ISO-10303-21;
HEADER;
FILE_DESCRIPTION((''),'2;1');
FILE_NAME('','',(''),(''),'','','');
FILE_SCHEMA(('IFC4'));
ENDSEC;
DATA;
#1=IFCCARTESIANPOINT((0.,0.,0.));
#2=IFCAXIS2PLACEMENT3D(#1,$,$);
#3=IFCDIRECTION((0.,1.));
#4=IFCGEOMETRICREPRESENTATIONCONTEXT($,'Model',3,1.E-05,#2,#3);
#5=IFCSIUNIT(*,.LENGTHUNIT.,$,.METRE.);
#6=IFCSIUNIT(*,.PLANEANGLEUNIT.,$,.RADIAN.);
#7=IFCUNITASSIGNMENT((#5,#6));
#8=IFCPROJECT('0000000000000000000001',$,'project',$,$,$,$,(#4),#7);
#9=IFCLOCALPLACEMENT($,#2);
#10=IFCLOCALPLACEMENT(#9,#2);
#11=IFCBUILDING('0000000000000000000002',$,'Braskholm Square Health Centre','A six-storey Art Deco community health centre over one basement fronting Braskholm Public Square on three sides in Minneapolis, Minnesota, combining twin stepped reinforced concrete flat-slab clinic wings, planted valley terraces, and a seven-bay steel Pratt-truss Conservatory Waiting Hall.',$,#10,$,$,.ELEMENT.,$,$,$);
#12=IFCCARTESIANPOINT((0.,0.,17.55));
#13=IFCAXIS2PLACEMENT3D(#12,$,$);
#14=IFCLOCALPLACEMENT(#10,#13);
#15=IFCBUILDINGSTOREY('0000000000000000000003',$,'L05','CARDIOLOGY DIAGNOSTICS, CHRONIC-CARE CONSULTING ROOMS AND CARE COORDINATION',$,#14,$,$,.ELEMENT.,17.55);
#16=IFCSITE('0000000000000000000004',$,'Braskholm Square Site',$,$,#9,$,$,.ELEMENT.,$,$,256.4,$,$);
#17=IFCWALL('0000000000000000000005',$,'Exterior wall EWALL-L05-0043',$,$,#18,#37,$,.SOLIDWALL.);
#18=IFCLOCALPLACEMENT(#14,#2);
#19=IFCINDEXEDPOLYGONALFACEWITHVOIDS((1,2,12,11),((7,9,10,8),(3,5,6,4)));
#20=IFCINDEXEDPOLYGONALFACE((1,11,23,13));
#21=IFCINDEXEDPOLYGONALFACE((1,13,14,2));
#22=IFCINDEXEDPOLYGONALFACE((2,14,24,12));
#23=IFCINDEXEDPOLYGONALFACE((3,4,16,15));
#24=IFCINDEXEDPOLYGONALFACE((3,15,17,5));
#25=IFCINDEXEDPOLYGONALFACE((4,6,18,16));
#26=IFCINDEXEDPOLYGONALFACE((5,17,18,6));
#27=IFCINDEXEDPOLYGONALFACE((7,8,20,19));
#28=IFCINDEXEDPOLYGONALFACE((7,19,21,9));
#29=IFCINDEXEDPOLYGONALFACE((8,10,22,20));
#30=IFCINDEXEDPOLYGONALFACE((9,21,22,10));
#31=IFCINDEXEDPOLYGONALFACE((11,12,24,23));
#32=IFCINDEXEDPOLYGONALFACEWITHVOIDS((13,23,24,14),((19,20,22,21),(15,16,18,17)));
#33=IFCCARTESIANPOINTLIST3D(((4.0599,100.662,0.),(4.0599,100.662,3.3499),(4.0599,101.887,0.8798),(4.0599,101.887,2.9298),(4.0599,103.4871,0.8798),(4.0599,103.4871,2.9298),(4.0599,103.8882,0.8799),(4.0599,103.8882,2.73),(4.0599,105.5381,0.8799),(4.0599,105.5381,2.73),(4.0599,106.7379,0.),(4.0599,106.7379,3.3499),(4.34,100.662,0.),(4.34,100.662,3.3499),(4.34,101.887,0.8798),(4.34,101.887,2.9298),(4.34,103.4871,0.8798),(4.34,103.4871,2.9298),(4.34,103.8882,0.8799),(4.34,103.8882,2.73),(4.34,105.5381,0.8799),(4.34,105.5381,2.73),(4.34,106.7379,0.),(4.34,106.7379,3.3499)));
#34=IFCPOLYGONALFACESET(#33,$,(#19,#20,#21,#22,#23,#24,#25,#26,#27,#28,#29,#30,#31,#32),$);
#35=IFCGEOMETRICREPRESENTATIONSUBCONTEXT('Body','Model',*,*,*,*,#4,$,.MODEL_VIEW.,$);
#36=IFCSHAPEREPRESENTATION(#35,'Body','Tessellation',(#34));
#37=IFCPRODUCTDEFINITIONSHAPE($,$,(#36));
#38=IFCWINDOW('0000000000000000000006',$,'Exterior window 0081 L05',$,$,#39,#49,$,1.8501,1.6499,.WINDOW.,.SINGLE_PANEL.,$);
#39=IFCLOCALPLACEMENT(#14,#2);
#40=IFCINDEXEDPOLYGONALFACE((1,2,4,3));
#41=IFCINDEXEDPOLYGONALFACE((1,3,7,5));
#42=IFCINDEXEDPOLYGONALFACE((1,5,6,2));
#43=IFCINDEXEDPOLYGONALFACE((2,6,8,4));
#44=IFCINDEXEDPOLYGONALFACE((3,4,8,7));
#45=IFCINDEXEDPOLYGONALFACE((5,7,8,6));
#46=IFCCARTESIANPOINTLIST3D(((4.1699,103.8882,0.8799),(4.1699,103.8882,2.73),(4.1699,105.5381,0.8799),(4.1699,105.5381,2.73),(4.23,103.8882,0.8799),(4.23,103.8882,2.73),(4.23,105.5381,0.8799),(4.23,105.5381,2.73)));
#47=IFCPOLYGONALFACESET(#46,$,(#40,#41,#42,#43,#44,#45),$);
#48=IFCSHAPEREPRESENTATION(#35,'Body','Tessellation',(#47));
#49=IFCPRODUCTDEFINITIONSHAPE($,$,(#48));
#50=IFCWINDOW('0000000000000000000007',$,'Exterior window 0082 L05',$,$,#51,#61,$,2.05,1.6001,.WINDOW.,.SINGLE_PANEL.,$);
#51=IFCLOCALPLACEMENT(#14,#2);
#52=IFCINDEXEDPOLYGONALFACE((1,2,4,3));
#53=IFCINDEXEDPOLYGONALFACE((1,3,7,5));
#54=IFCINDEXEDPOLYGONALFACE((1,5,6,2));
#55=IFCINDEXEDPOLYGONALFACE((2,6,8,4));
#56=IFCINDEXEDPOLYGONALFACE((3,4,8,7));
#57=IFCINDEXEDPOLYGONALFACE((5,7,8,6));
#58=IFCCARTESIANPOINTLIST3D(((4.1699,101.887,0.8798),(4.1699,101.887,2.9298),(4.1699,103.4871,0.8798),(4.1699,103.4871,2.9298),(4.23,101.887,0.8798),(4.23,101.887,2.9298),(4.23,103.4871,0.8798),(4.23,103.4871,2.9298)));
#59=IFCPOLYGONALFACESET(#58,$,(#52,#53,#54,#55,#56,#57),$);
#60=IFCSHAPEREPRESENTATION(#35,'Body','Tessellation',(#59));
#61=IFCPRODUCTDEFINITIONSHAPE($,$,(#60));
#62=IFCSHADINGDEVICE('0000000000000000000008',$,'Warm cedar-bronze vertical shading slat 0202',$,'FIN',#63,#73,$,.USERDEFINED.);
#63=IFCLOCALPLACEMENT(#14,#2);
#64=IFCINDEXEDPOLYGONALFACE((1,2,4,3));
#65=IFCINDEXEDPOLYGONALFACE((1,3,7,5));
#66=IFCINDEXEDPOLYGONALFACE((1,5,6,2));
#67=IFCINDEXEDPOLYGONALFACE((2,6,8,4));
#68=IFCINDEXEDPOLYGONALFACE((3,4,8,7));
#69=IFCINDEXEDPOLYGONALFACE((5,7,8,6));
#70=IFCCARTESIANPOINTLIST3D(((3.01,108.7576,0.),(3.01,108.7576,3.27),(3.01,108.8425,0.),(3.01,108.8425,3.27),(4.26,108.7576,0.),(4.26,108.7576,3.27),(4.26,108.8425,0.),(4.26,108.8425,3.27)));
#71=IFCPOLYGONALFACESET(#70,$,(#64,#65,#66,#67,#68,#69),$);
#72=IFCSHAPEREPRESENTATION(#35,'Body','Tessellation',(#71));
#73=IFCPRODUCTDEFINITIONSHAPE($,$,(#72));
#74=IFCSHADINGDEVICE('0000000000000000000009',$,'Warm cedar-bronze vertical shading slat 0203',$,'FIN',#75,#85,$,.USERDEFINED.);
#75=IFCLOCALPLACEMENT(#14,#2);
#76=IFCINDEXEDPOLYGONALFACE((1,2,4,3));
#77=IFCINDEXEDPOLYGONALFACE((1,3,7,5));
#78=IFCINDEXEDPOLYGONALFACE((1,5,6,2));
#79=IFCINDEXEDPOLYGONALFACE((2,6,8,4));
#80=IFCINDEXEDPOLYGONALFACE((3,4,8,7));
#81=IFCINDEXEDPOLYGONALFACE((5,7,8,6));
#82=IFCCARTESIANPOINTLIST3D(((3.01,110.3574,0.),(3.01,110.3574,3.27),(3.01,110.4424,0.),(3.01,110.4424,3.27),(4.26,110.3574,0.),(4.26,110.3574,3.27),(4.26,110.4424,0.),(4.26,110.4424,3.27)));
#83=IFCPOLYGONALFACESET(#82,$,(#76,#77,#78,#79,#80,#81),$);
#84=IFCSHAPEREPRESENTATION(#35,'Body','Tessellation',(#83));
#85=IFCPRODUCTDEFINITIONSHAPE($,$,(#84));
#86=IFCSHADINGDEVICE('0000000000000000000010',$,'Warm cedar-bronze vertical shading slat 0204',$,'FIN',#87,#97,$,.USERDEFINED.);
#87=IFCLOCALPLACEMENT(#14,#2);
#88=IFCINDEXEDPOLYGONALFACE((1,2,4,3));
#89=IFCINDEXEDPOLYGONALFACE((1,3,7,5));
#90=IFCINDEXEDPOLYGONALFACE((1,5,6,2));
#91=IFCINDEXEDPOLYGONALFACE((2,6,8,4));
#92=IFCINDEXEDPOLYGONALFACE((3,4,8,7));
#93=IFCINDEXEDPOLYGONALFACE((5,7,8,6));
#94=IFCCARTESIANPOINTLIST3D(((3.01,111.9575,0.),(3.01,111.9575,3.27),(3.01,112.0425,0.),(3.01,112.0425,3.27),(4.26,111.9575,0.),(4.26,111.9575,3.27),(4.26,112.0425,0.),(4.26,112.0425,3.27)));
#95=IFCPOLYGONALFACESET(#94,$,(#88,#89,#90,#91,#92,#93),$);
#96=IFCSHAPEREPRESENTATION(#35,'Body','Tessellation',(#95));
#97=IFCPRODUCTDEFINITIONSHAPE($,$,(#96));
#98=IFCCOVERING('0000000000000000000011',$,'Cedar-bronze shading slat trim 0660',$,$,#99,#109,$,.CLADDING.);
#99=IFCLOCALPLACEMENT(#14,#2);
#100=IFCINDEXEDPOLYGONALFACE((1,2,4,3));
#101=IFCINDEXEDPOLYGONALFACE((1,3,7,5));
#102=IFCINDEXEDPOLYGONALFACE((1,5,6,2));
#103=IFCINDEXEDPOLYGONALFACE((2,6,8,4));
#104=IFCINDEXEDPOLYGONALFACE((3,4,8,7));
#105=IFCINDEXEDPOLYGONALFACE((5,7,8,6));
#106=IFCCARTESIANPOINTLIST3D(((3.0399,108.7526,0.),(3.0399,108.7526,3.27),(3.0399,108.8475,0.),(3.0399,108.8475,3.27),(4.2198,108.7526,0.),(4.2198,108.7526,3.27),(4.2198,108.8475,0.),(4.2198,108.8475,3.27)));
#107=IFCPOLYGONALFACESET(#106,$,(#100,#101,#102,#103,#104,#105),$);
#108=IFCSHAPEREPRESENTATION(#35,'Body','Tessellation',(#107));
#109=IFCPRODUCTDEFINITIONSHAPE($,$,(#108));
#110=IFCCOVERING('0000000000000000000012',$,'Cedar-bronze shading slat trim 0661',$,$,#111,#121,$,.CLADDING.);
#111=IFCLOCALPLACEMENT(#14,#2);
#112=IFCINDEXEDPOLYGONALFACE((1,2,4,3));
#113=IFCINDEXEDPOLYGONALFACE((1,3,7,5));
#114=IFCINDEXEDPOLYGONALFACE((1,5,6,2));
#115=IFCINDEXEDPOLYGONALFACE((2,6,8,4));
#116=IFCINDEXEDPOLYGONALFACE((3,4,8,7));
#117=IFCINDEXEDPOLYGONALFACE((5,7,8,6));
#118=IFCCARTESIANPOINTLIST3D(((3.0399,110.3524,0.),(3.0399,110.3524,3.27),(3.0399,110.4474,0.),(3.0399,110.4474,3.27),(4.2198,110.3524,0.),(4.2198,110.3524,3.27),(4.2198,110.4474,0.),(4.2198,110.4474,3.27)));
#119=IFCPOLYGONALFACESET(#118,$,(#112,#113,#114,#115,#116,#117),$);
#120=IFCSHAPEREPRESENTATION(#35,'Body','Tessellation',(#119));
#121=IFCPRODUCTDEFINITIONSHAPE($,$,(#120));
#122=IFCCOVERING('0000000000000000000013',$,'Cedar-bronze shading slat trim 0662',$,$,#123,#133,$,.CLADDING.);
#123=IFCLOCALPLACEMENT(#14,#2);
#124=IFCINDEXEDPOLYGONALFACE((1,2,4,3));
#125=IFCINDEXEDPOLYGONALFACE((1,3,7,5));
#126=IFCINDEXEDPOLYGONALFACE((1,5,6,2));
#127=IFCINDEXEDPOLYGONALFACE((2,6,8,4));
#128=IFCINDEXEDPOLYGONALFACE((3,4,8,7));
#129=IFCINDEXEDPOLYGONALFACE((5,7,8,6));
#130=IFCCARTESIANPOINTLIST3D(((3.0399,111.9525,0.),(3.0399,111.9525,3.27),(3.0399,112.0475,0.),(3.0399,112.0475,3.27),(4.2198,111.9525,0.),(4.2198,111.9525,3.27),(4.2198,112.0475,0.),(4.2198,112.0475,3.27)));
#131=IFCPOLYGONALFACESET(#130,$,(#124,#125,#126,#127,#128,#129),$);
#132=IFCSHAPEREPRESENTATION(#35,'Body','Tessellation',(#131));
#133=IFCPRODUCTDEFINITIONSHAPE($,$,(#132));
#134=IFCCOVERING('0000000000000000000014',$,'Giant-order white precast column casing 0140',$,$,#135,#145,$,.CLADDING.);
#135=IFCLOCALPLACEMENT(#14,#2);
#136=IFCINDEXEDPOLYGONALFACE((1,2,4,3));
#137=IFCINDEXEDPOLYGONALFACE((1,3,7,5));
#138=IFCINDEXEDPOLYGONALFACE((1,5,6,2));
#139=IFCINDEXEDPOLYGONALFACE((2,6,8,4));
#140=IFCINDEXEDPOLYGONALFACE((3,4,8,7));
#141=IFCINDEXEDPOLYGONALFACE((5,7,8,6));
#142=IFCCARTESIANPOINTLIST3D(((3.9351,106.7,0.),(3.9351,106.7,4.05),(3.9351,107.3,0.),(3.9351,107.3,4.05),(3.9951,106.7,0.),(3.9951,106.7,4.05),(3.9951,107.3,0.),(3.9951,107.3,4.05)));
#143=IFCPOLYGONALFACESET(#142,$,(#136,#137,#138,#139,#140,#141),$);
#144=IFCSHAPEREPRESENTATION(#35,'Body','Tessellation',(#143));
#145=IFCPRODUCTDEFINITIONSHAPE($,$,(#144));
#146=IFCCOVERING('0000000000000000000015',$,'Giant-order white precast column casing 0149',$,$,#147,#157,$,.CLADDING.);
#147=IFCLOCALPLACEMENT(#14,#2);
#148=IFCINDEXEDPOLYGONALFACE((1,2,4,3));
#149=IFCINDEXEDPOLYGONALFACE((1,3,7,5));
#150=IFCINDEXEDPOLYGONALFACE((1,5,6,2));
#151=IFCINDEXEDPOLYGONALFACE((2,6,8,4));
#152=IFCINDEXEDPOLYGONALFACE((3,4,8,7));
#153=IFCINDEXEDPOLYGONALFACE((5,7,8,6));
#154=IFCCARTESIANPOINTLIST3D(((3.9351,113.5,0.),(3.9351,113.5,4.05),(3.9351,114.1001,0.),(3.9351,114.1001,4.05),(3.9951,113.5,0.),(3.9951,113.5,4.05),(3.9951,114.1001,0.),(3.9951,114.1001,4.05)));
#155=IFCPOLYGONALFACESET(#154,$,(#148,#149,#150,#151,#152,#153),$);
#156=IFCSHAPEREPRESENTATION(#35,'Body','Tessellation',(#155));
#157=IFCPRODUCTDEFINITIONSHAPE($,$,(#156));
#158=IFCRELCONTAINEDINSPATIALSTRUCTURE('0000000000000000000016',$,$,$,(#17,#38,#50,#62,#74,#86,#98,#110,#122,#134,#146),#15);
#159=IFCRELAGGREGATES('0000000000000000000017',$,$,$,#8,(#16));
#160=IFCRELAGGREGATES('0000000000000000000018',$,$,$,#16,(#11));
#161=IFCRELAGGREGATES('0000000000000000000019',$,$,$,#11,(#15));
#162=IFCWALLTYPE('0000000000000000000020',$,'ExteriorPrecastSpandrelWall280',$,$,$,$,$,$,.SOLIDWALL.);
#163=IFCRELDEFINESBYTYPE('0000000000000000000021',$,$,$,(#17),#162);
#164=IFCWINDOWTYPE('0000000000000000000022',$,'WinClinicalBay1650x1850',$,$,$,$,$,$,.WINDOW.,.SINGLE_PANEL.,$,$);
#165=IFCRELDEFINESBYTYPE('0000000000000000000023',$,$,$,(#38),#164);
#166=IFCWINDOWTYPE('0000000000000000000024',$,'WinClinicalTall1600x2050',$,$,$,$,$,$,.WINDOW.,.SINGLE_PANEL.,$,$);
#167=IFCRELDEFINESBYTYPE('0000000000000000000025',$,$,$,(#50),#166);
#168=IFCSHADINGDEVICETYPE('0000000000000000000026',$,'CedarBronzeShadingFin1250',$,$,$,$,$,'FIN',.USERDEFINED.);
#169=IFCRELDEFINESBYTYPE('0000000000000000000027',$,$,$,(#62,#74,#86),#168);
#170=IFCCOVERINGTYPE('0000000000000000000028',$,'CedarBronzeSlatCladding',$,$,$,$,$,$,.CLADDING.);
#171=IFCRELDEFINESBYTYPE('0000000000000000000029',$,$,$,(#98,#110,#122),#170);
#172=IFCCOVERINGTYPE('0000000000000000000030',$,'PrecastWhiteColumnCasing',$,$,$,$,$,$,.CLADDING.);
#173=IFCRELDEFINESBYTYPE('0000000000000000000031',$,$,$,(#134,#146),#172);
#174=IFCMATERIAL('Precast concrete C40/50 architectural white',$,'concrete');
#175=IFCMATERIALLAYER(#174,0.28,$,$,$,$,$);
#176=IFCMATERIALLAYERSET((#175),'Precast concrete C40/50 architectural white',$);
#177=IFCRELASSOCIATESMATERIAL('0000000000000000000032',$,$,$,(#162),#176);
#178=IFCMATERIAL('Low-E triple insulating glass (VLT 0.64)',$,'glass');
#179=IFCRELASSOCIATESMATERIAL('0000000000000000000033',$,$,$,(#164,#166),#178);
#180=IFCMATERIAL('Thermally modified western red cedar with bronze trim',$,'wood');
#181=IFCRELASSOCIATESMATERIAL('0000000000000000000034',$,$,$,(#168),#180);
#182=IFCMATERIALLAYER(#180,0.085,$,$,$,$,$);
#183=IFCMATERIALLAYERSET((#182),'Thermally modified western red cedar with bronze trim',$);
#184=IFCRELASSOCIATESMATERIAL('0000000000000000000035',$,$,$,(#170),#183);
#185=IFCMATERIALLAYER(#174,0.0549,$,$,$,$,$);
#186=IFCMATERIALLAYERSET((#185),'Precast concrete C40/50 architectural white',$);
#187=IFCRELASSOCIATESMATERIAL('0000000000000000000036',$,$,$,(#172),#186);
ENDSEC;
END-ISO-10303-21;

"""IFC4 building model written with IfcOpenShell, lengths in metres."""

from ifc_helpers import new_model, si_unit, direction, frame, frame_2d, origin, origin_with_axes, origin_2d, place, context, subcontext, project, spatial, rectangle, extrude, material, layer, layer_set, type_object, element, fill, save


model = new_model("IFC4")

# Units and contexts
model_context = context("Model", 3, precision=1e-05, world=origin(), true_north=direction((0.0, 1.0)))
body_context = subcontext(model_context, "Body", "Model", "MODEL_VIEW")
ifc_project = project(units=[si_unit("LENGTHUNIT", "METRE"), si_unit("PLANEANGLEUNIT", "RADIAN")], contexts=[model_context])

# Site, building, storey
site_placement = place(None, origin())
site = spatial("IfcSite", under=ifc_project, at=site_placement, Name="Braskholm Square Site", CompositionType="ELEMENT", RefElevation=256.4)
building_placement = place(site_placement, origin())
building = spatial("IfcBuilding", under=site, at=building_placement, Name="Braskholm Square Health Centre", Description="A six-storey Art Deco community health centre over one basement fronting Braskholm Public Square on three sides in Minneapolis, Minnesota, combining twin stepped reinforced concrete flat-slab clinic wings, planted valley terraces, and a seven-bay steel Pratt-truss Conservatory Waiting Hall.", CompositionType="ELEMENT")
storey_placement = place(building_placement, frame((0.0, 0.0, 17.55)))
storey = spatial("IfcBuildingStorey", under=building, at=storey_placement, Name="L05", Description="CARDIOLOGY DIAGNOSTICS, CHRONIC-CARE CONSULTING ROOMS AND CARE COORDINATION", CompositionType="ELEMENT", Elevation=17.55)

# Shared definitions
ifc_material_1 = material(Name="Precast concrete C40/50 architectural white", Category="concrete")

# Shared definitions
ifc_material_2 = material(Name="Low-E triple insulating glass (VLT 0.64)", Category="glass")

# Wall, openings, windows
ifc_layer_1 = layer(ifc_material_1, 0.28)
ifc_layer_set_1 = layer_set([ifc_layer_1], Name="Precast concrete C40/50 architectural white")
wall_type = type_object("IfcWallType", Name="ExteriorPrecastSpandrelWall280", PredefinedType="SOLIDWALL", material=ifc_layer_set_1)
wall_placement = place(storey_placement, frame((4.2, 106.738, 0.0), z_axis=(0.0, 0.0, 1.0), x_axis=(0.0, -1.0, 0.0)))
wall = element("IfcWall", 1, at=wall_placement, inside=storey, type_object=wall_type, Name="Exterior wall EWALL-L05-0043", PredefinedType="SOLIDWALL", context=body_context, shape_type="SweptSolid", body=[
    extrude(rectangle(XDim=6.0759, YDim=0.28, at=frame_2d((3.0381, 0.0))), origin(), (0.0, 0.0, 1.0), 3.3499),
])
opening_1_placement = place(wall_placement, frame((1.2, 0.0, 0.8799)))
opening_1 = element("IfcOpeningElement", 2, at=opening_1_placement, cuts=wall, PredefinedType="OPENING", context=body_context, shape_type="SweptSolid", body=[
    extrude(rectangle(XDim=1.6499, YDim=1.8501, at=frame_2d((0.825, 0.925))), frame((0.0, 0.1499, 0.0), z_axis=(0.0, -1.0, 0.0), x_axis=(1.0, 0.0, 0.0)), (0.0, 0.0, 1.0), 0.3),
])
opening_2_placement = place(wall_placement, frame((3.251, 0.0, 0.8799)))
opening_2 = element("IfcOpeningElement", 3, at=opening_2_placement, cuts=wall, PredefinedType="OPENING", context=body_context, shape_type="SweptSolid", body=[
    extrude(rectangle(XDim=1.6001, YDim=2.05, at=frame_2d((0.8, 1.0249))), frame((0.0, 0.1499, 0.0), z_axis=(0.0, -1.0, 0.0), x_axis=(1.0, 0.0, 0.0)), (0.0, 0.0, 1.0), 0.3),
])
window_type_1 = type_object("IfcWindowType", Name="WinClinicalBay1650x1850", PartitioningType="SINGLE_PANEL", PredefinedType="WINDOW", material=ifc_material_2)
window_1_placement = place(opening_1_placement, origin_with_axes())
window_1 = element("IfcWindow", 4, at=window_1_placement, inside=storey, type_object=window_type_1, Name="Exterior window 0081 L05", OverallHeight=1.8501, OverallWidth=1.6499, PartitioningType="SINGLE_PANEL", PredefinedType="WINDOW", context=body_context, shape_type="SweptSolid", body=[
    extrude(rectangle(XDim=1.6499, YDim=1.8501, at=frame_2d((0.825, 0.925))), frame((0.0, 0.03, 0.0), z_axis=(0.0, -1.0, 0.0), x_axis=(1.0, 0.0, 0.0)), (0.0, 0.0, 1.0), 0.0601),
])
fill(opening_1, window_1)
window_type_2 = type_object("IfcWindowType", Name="WinClinicalTall1600x2050", PartitioningType="SINGLE_PANEL", PredefinedType="WINDOW", material=ifc_material_2)
window_2_placement = place(opening_2_placement, origin_with_axes())
window_2 = element("IfcWindow", 5, at=window_2_placement, inside=storey, type_object=window_type_2, Name="Exterior window 0082 L05", OverallHeight=2.05, OverallWidth=1.6001, PartitioningType="SINGLE_PANEL", PredefinedType="WINDOW", context=body_context, shape_type="SweptSolid", body=[
    extrude(rectangle(XDim=1.6001, YDim=2.05, at=frame_2d((0.8, 1.0249))), frame((0.0, 0.03, 0.0), z_axis=(0.0, -1.0, 0.0), x_axis=(1.0, 0.0, 0.0)), (0.0, 0.0, 1.0), 0.0601),
])
fill(opening_2, window_2)

# Shading devices
ifc_material_3 = material(Name="Thermally modified western red cedar with bronze trim", Category="wood")
shading_device_type = type_object("IfcShadingDeviceType", Name="CedarBronzeShadingFin1250", ElementType="FIN", PredefinedType="USERDEFINED", material=ifc_material_3)
for number, where, z_axis, x_axis, name in (
    (6, (3.635, 108.8, 0.0), (0.0, 0.0, 1.0), (1.0, 0.0, 0.0), "Warm cedar-bronze vertical shading slat 0202"),
    (7, (3.635, 110.3999, 0.0), (0.0, 0.0, 1.0), (1.0, 0.0, 0.0), "Warm cedar-bronze vertical shading slat 0203"),
    (8, (3.635, 112.0, 0.0), (0.0, 0.0, 1.0), (1.0, 0.0, 0.0), "Warm cedar-bronze vertical shading slat 0204"),
):
    element("IfcShadingDevice", number, at=place(storey_placement, frame(where, z_axis=z_axis, x_axis=x_axis)), inside=storey, type_object=shading_device_type, Name=name, ObjectType="FIN", PredefinedType="USERDEFINED", context=body_context, shape_type="SweptSolid", body=[
        extrude(rectangle(XDim=1.25, YDim=0.085, at=origin_2d()), origin(), (0.0, 0.0, 1.0), 3.27),
    ])

# Coverings
ifc_layer_2 = layer(ifc_material_3, 0.085)
ifc_layer_set_2 = layer_set([ifc_layer_2], Name="Thermally modified western red cedar with bronze trim")
covering_type_1 = type_object("IfcCoveringType", Name="CedarBronzeSlatCladding", PredefinedType="CLADDING", material=ifc_layer_set_2)
for number, where, z_axis, x_axis, name in (
    (9, (3.6299, 108.8, 0.0), (0.0, 0.0, 1.0), (1.0, 0.0, 0.0), "Cedar-bronze shading slat trim 0660"),
    (10, (3.6299, 110.3999, 0.0), (0.0, 0.0, 1.0), (1.0, 0.0, 0.0), "Cedar-bronze shading slat trim 0661"),
    (11, (3.6299, 112.0, 0.0), (0.0, 0.0, 1.0), (1.0, 0.0, 0.0), "Cedar-bronze shading slat trim 0662"),
):
    element("IfcCovering", number, at=place(storey_placement, frame(where, z_axis=z_axis, x_axis=x_axis)), inside=storey, type_object=covering_type_1, Name=name, PredefinedType="CLADDING", context=body_context, shape_type="SweptSolid", body=[
        extrude(rectangle(XDim=1.1799, YDim=0.095, at=origin_2d()), origin(), (0.0, 0.0, 1.0), 3.27),
    ])
ifc_layer_3 = layer(ifc_material_1, 0.0549)
ifc_layer_set_3 = layer_set([ifc_layer_3], Name="Precast concrete C40/50 architectural white")
covering_type_2 = type_object("IfcCoveringType", Name="PrecastWhiteColumnCasing", PredefinedType="CLADDING", material=ifc_layer_set_3)
for number, where, z_axis, x_axis, name in (
    (12, (3.9651, 107.0, 0.0), (0.0, 0.0, 1.0), (1.0, 0.0, 0.0), "Giant-order white precast column casing 0140"),
    (13, (3.9651, 113.8, 0.0), (0.0, 0.0, 1.0), (1.0, 0.0, 0.0), "Giant-order white precast column casing 0149"),
):
    element("IfcCovering", number, at=place(storey_placement, frame(where, z_axis=z_axis, x_axis=x_axis)), inside=storey, type_object=covering_type_2, Name=name, PredefinedType="CLADDING", context=body_context, shape_type="SweptSolid", body=[
        extrude(rectangle(XDim=0.0601, YDim=0.6001, at=origin_2d()), origin(), (0.0, 0.0, 1.0), 4.05),
    ])

save(model, "model.ifc")
